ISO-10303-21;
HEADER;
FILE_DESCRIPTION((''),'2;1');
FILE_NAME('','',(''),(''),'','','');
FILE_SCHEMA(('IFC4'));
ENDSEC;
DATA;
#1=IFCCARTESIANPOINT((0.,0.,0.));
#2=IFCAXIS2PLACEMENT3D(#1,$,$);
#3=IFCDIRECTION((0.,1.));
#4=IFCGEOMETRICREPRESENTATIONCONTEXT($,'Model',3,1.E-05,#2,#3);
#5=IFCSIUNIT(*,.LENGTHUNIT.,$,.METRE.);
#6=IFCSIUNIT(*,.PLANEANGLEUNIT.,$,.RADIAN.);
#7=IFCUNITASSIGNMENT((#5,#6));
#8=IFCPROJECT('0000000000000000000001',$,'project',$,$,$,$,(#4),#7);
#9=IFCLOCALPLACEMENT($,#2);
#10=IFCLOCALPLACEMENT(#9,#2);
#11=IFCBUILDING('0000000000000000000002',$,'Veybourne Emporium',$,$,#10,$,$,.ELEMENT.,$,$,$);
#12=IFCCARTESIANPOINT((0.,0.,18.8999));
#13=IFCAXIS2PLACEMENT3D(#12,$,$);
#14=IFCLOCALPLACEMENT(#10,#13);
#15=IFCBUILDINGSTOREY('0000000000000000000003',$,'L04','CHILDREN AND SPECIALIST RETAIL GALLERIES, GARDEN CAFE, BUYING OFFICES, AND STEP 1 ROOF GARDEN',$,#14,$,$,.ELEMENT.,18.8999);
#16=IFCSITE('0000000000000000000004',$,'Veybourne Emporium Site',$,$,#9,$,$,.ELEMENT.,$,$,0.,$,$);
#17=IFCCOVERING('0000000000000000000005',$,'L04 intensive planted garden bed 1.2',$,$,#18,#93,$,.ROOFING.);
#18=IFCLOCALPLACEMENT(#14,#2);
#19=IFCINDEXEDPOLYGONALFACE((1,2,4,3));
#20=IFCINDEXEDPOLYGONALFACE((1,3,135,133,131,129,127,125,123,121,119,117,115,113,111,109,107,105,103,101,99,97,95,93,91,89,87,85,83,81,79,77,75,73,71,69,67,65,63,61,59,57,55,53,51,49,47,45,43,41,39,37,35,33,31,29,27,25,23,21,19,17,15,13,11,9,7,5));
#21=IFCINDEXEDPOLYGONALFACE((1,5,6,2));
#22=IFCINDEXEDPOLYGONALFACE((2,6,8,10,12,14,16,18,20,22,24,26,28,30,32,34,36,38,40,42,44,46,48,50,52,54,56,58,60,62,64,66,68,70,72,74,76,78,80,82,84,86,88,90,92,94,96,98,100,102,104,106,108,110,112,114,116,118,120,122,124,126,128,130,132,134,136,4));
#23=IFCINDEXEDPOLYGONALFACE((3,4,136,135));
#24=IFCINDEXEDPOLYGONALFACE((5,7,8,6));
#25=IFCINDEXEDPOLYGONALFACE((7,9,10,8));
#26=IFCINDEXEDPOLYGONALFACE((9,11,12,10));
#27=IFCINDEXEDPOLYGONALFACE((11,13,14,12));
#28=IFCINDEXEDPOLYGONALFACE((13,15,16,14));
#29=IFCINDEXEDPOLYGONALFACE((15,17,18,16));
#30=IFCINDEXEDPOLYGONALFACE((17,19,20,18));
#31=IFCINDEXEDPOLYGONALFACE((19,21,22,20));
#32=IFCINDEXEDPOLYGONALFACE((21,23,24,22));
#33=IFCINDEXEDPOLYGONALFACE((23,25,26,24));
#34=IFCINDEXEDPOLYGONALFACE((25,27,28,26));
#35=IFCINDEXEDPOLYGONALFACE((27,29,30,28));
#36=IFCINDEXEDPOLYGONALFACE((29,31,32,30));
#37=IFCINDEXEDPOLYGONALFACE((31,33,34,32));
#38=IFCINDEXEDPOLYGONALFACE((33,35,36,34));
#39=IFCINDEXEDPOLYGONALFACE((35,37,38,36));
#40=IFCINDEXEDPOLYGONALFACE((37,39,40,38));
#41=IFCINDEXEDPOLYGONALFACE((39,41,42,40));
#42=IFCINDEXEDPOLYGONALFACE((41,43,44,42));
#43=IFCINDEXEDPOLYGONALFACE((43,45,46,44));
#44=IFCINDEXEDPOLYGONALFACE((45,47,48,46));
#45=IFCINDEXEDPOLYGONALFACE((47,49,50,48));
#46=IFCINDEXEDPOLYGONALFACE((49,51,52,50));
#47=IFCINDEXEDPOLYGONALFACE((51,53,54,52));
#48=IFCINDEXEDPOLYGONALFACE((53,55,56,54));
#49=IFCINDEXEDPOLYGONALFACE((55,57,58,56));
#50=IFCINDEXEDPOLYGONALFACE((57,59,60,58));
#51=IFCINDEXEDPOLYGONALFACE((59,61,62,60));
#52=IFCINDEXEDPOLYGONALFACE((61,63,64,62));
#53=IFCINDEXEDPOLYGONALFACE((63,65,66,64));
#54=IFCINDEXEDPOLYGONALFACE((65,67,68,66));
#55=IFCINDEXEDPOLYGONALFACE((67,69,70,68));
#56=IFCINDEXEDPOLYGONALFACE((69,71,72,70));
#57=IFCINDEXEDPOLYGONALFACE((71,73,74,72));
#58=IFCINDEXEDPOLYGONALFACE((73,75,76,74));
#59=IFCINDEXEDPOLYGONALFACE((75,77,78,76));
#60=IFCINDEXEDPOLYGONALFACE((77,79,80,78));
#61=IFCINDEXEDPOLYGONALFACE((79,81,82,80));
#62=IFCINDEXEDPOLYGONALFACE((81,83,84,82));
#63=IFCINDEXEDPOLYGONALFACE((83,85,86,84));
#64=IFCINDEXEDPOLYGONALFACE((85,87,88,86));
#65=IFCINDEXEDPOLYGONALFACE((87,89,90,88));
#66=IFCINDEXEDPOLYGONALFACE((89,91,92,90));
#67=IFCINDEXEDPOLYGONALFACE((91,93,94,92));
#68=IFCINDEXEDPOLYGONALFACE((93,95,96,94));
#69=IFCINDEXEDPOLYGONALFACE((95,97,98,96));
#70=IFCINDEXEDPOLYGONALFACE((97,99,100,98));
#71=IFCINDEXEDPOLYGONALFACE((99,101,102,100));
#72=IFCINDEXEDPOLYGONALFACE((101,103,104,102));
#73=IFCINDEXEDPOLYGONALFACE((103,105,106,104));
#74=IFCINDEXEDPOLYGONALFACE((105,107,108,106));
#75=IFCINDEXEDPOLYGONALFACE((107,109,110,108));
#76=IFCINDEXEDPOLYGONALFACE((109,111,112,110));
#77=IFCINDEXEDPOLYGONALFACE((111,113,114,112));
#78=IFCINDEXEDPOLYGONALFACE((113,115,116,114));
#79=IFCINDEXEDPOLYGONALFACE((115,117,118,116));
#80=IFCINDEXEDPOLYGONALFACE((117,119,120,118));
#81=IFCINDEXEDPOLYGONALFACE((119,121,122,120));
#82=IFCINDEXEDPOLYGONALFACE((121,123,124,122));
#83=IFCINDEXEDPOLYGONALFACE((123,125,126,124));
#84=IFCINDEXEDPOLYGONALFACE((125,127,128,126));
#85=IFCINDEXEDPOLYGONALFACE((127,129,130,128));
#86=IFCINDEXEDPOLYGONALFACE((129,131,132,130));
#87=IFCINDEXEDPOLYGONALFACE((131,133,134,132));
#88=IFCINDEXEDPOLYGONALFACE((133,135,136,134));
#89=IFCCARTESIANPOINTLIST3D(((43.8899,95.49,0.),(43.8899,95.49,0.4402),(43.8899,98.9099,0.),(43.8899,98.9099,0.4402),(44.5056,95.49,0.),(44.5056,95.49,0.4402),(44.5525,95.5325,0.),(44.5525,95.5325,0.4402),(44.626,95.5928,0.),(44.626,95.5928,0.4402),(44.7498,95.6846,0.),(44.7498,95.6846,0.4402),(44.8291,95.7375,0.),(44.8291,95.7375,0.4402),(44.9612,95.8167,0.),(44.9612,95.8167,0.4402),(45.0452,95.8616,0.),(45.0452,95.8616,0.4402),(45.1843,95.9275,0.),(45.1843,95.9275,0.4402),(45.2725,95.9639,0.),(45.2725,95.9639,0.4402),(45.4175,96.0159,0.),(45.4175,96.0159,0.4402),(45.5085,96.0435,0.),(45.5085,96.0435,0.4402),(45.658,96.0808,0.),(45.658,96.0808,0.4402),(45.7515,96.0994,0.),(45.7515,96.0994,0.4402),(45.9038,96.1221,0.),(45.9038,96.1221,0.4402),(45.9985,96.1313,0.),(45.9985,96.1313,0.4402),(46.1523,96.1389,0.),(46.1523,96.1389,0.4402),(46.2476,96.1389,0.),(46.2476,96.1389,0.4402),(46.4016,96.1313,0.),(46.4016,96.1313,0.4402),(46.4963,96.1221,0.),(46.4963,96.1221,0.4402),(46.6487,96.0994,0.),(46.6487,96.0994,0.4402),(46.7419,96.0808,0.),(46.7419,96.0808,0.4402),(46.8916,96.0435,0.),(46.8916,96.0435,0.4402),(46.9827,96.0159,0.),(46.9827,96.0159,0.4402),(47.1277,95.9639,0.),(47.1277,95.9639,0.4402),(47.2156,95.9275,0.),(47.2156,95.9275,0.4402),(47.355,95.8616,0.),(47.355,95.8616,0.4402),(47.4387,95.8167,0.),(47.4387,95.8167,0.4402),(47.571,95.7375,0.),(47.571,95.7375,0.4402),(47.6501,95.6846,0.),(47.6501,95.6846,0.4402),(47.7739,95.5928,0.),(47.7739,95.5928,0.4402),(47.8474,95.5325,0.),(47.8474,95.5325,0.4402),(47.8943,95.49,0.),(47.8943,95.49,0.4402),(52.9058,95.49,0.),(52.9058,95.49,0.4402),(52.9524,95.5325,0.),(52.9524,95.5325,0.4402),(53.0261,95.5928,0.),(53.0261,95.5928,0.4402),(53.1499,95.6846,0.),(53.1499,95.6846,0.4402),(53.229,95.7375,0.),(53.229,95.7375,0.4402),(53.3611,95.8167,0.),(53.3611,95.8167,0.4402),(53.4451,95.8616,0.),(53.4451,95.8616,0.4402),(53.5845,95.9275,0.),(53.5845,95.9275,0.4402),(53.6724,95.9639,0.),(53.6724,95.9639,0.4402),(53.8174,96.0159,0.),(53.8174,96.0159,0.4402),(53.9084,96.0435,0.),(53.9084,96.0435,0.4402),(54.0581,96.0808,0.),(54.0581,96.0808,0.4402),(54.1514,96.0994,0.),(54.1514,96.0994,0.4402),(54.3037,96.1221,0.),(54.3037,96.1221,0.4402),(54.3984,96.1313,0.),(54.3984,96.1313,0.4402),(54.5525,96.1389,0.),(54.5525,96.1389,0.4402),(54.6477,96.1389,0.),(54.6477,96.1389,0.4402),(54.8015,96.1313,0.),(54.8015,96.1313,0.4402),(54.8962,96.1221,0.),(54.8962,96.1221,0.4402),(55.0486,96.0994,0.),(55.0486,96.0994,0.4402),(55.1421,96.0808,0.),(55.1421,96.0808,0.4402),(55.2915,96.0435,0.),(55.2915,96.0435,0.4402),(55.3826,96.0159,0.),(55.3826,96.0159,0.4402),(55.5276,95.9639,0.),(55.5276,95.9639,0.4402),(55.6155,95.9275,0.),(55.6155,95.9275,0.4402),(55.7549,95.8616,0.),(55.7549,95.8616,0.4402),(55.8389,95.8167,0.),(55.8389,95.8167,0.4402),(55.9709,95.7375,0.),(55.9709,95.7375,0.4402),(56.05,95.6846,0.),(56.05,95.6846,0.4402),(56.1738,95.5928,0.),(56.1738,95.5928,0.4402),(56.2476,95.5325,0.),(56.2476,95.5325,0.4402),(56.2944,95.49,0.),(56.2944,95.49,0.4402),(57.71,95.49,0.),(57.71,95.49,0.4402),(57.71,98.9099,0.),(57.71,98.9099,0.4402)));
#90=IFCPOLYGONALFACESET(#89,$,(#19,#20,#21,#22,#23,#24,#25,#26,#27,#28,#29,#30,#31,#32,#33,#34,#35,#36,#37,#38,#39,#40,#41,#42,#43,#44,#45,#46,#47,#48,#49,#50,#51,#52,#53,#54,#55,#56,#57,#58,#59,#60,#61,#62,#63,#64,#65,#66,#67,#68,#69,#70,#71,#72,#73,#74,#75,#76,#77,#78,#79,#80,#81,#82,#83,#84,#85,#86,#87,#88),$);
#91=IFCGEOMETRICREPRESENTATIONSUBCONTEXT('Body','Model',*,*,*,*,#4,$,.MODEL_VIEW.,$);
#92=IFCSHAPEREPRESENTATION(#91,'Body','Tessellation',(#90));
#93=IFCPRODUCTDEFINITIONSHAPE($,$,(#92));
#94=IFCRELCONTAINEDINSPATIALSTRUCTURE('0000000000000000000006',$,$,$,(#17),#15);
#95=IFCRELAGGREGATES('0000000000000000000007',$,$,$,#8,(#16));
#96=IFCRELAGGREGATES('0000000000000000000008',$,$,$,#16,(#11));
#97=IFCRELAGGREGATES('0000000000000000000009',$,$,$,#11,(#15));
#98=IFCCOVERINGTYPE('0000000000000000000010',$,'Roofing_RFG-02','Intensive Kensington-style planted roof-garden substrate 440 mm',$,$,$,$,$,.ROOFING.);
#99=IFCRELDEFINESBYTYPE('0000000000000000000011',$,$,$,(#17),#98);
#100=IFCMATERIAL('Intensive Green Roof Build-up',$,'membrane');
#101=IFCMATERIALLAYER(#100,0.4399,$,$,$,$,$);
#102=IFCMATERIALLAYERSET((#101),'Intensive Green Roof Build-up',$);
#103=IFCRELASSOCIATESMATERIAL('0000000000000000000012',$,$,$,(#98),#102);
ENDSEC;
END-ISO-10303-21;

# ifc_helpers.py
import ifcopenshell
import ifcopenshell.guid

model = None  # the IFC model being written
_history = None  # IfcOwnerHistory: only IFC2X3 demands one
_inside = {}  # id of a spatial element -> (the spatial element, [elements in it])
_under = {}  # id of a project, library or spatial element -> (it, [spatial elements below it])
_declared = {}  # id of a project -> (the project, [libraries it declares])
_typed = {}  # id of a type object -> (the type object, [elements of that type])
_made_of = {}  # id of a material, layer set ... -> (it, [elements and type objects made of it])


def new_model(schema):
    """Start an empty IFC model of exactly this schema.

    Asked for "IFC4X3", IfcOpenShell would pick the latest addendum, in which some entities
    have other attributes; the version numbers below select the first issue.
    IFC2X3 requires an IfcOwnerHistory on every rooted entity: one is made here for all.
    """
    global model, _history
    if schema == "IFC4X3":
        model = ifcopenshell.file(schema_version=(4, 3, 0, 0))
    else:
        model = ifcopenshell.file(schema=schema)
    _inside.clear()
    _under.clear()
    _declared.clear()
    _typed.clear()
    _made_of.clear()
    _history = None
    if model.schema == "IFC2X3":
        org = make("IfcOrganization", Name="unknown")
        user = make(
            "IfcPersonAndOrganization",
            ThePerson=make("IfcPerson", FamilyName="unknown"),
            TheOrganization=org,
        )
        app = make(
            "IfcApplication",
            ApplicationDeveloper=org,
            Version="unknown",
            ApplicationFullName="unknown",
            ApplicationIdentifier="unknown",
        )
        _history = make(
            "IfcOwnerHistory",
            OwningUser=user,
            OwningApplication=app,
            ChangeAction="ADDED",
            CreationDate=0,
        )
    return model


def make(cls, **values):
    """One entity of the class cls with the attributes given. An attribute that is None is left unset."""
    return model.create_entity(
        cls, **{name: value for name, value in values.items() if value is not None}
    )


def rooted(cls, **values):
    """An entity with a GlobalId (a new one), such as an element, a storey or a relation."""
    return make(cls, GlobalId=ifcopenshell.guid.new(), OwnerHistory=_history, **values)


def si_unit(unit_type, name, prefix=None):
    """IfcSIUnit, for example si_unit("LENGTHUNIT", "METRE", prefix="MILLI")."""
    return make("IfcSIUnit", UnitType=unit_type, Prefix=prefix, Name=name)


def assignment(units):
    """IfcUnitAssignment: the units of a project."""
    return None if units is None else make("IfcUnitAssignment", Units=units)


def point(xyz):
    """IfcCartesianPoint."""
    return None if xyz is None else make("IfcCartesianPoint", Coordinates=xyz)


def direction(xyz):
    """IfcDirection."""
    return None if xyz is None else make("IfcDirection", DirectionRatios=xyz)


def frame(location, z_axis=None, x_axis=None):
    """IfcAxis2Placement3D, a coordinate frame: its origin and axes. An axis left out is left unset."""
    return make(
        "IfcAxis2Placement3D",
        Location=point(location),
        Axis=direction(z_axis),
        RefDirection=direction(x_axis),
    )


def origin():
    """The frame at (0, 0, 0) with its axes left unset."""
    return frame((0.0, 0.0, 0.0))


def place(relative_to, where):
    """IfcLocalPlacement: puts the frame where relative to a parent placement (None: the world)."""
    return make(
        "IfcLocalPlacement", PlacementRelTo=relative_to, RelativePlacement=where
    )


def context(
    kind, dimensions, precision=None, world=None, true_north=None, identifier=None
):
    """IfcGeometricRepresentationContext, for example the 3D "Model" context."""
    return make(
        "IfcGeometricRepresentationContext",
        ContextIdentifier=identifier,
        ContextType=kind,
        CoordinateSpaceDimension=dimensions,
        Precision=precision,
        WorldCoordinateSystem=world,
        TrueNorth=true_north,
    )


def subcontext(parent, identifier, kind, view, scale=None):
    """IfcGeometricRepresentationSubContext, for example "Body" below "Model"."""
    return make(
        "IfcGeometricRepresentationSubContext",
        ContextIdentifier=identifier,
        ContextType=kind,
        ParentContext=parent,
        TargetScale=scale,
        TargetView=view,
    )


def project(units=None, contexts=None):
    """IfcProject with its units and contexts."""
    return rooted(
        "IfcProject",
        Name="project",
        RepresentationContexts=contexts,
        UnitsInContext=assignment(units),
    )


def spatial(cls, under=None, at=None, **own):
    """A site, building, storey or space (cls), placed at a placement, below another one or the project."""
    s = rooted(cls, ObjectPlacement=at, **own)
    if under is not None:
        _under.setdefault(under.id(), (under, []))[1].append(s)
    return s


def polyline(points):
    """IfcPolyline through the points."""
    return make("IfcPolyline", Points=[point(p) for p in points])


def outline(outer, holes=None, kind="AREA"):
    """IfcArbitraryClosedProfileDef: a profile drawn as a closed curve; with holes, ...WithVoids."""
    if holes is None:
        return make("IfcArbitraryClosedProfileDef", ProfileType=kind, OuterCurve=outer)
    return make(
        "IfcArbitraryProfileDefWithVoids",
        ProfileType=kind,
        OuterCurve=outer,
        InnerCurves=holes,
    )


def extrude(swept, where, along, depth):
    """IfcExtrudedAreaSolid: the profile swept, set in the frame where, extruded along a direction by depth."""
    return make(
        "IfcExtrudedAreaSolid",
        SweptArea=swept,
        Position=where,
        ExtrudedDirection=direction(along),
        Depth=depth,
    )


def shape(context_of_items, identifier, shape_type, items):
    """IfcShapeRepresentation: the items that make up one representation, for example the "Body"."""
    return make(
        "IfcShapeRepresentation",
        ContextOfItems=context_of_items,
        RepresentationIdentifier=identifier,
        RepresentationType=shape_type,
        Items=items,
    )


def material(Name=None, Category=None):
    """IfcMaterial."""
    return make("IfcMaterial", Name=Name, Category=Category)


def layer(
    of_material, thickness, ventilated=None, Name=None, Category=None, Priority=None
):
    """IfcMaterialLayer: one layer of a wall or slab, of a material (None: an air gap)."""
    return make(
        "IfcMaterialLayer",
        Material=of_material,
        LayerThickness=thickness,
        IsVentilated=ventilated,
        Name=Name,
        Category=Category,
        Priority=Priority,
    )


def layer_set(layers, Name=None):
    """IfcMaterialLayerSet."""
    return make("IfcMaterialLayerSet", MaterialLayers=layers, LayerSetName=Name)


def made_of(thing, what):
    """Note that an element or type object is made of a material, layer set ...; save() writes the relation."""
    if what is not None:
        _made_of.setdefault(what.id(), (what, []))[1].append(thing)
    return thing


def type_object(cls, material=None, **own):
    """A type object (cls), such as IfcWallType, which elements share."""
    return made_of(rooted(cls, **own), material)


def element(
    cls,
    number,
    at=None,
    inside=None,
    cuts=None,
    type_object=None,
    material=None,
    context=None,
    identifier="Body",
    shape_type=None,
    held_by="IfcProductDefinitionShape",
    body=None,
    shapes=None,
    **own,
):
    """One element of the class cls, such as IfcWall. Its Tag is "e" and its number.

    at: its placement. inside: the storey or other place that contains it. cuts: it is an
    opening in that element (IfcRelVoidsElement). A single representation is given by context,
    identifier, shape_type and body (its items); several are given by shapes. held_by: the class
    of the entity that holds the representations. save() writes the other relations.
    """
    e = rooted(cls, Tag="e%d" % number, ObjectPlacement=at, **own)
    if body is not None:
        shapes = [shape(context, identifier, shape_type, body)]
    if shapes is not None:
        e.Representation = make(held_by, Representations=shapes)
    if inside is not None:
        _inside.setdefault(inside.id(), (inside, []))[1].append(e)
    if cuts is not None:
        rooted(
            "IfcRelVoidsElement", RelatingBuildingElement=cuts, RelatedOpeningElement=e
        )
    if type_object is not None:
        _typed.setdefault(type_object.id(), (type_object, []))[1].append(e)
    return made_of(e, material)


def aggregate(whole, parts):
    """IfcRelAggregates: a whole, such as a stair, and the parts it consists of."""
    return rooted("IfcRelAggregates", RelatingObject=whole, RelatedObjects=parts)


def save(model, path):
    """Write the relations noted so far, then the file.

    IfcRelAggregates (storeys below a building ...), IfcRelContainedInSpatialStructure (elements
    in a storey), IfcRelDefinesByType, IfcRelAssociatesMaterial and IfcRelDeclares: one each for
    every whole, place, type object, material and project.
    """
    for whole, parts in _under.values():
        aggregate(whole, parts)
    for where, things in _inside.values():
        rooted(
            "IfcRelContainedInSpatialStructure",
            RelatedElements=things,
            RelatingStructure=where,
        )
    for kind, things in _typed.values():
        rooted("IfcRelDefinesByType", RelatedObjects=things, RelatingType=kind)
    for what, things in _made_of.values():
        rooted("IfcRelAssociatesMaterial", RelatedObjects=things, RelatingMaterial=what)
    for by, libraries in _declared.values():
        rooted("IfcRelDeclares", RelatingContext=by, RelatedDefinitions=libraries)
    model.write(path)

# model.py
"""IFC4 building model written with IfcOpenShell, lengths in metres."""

from ifc_helpers import new_model, si_unit, direction, frame, origin, place, context, subcontext, project, spatial, polyline, outline, extrude, material, layer, layer_set, type_object, element, save


model = new_model("IFC4")

# Units and contexts
model_context = context("Model", 3, precision=1e-05, world=origin(), true_north=direction((0.0, 1.0)))
body_context = subcontext(model_context, "Body", "Model", "MODEL_VIEW")
ifc_project = project(units=[si_unit("LENGTHUNIT", "METRE"), si_unit("PLANEANGLEUNIT", "RADIAN")], contexts=[model_context])

# Site, building, storey
site_placement = place(None, origin())
site = spatial("IfcSite", under=ifc_project, at=site_placement, Name="Veybourne Emporium Site", CompositionType="ELEMENT", RefElevation=0.0)
building_placement = place(site_placement, origin())
building = spatial("IfcBuilding", under=site, at=building_placement, Name="Veybourne Emporium", CompositionType="ELEMENT")
storey_placement = place(building_placement, frame((0.0, 0.0, 18.8999)))
storey = spatial("IfcBuildingStorey", under=building, at=storey_placement, Name="L04", Description="CHILDREN AND SPECIALIST RETAIL GALLERIES, GARDEN CAFE, BUYING OFFICES, AND STEP 1 ROOF GARDEN", CompositionType="ELEMENT", Elevation=18.8999)

# Covering
ifc_material_1 = material(Name="Intensive Green Roof Build-up", Category="membrane")
ifc_layer_1 = layer(ifc_material_1, 0.4399)
ifc_layer_set_1 = layer_set([ifc_layer_1], Name="Intensive Green Roof Build-up")
covering_type_1 = type_object("IfcCoveringType", Name="Roofing_RFG-02", Description="Intensive Kensington-style planted roof-garden substrate 440 mm", PredefinedType="ROOFING", material=ifc_layer_set_1)
covering_1_placement = place(storey_placement, origin())
element("IfcCovering", 1, at=covering_1_placement, inside=storey, type_object=covering_type_1, Name="L04 intensive planted garden bed 1.2", PredefinedType="ROOFING", context=body_context, shape_type="SweptSolid", body=[
    extrude(outline(polyline([(44.5056, 95.49), (43.8899, 95.49), (43.8899, 98.9099), (57.71, 98.9099), (57.71, 95.49), (56.2944, 95.49), (56.2476, 95.5325), (56.1738, 95.5928), (56.05, 95.6846), (55.9709, 95.7375), (55.8389, 95.8167), (55.7549, 95.8616), (55.6155, 95.9275), (55.5276, 95.9639), (55.3826, 96.0159), (55.2915, 96.0435), (55.1421, 96.0808), (55.0486, 96.0994), (54.8962, 96.1221), (54.8015, 96.1313), (54.6477, 96.1389), (54.5525, 96.1389), (54.3984, 96.1313), (54.3037, 96.1221), (54.1514, 96.0994), (54.0581, 96.0808), (53.9084, 96.0435), (53.8174, 96.0159), (53.6724, 95.9639), (53.5845, 95.9275), (53.4451, 95.8616), (53.3611, 95.8167), (53.229, 95.7375), (53.1499, 95.6846), (53.0261, 95.5928), (52.9524, 95.5325), (52.9058, 95.49), (47.8943, 95.49), (47.8474, 95.5325), (47.7739, 95.5928), (47.6501, 95.6846), (47.571, 95.7375), (47.4387, 95.8167), (47.355, 95.8616), (47.2156, 95.9275), (47.1277, 95.9639), (46.9827, 96.0159), (46.8916, 96.0435), (46.7419, 96.0808), (46.6487, 96.0994), (46.4963, 96.1221), (46.4016, 96.1313), (46.2476, 96.1389), (46.1523, 96.1389), (45.9985, 96.1313), (45.9038, 96.1221), (45.7515, 96.0994), (45.658, 96.0808), (45.5085, 96.0435), (45.4175, 96.0159), (45.2725, 95.9639), (45.1843, 95.9275), (45.0452, 95.8616), (44.9612, 95.8167), (44.8291, 95.7375), (44.7498, 95.6846), (44.626, 95.5928), (44.5525, 95.5325), (44.5056, 95.49)])), origin(), (0.0, 0.0, 1.0), 0.4402),
])

save(model, "model.ifc")
